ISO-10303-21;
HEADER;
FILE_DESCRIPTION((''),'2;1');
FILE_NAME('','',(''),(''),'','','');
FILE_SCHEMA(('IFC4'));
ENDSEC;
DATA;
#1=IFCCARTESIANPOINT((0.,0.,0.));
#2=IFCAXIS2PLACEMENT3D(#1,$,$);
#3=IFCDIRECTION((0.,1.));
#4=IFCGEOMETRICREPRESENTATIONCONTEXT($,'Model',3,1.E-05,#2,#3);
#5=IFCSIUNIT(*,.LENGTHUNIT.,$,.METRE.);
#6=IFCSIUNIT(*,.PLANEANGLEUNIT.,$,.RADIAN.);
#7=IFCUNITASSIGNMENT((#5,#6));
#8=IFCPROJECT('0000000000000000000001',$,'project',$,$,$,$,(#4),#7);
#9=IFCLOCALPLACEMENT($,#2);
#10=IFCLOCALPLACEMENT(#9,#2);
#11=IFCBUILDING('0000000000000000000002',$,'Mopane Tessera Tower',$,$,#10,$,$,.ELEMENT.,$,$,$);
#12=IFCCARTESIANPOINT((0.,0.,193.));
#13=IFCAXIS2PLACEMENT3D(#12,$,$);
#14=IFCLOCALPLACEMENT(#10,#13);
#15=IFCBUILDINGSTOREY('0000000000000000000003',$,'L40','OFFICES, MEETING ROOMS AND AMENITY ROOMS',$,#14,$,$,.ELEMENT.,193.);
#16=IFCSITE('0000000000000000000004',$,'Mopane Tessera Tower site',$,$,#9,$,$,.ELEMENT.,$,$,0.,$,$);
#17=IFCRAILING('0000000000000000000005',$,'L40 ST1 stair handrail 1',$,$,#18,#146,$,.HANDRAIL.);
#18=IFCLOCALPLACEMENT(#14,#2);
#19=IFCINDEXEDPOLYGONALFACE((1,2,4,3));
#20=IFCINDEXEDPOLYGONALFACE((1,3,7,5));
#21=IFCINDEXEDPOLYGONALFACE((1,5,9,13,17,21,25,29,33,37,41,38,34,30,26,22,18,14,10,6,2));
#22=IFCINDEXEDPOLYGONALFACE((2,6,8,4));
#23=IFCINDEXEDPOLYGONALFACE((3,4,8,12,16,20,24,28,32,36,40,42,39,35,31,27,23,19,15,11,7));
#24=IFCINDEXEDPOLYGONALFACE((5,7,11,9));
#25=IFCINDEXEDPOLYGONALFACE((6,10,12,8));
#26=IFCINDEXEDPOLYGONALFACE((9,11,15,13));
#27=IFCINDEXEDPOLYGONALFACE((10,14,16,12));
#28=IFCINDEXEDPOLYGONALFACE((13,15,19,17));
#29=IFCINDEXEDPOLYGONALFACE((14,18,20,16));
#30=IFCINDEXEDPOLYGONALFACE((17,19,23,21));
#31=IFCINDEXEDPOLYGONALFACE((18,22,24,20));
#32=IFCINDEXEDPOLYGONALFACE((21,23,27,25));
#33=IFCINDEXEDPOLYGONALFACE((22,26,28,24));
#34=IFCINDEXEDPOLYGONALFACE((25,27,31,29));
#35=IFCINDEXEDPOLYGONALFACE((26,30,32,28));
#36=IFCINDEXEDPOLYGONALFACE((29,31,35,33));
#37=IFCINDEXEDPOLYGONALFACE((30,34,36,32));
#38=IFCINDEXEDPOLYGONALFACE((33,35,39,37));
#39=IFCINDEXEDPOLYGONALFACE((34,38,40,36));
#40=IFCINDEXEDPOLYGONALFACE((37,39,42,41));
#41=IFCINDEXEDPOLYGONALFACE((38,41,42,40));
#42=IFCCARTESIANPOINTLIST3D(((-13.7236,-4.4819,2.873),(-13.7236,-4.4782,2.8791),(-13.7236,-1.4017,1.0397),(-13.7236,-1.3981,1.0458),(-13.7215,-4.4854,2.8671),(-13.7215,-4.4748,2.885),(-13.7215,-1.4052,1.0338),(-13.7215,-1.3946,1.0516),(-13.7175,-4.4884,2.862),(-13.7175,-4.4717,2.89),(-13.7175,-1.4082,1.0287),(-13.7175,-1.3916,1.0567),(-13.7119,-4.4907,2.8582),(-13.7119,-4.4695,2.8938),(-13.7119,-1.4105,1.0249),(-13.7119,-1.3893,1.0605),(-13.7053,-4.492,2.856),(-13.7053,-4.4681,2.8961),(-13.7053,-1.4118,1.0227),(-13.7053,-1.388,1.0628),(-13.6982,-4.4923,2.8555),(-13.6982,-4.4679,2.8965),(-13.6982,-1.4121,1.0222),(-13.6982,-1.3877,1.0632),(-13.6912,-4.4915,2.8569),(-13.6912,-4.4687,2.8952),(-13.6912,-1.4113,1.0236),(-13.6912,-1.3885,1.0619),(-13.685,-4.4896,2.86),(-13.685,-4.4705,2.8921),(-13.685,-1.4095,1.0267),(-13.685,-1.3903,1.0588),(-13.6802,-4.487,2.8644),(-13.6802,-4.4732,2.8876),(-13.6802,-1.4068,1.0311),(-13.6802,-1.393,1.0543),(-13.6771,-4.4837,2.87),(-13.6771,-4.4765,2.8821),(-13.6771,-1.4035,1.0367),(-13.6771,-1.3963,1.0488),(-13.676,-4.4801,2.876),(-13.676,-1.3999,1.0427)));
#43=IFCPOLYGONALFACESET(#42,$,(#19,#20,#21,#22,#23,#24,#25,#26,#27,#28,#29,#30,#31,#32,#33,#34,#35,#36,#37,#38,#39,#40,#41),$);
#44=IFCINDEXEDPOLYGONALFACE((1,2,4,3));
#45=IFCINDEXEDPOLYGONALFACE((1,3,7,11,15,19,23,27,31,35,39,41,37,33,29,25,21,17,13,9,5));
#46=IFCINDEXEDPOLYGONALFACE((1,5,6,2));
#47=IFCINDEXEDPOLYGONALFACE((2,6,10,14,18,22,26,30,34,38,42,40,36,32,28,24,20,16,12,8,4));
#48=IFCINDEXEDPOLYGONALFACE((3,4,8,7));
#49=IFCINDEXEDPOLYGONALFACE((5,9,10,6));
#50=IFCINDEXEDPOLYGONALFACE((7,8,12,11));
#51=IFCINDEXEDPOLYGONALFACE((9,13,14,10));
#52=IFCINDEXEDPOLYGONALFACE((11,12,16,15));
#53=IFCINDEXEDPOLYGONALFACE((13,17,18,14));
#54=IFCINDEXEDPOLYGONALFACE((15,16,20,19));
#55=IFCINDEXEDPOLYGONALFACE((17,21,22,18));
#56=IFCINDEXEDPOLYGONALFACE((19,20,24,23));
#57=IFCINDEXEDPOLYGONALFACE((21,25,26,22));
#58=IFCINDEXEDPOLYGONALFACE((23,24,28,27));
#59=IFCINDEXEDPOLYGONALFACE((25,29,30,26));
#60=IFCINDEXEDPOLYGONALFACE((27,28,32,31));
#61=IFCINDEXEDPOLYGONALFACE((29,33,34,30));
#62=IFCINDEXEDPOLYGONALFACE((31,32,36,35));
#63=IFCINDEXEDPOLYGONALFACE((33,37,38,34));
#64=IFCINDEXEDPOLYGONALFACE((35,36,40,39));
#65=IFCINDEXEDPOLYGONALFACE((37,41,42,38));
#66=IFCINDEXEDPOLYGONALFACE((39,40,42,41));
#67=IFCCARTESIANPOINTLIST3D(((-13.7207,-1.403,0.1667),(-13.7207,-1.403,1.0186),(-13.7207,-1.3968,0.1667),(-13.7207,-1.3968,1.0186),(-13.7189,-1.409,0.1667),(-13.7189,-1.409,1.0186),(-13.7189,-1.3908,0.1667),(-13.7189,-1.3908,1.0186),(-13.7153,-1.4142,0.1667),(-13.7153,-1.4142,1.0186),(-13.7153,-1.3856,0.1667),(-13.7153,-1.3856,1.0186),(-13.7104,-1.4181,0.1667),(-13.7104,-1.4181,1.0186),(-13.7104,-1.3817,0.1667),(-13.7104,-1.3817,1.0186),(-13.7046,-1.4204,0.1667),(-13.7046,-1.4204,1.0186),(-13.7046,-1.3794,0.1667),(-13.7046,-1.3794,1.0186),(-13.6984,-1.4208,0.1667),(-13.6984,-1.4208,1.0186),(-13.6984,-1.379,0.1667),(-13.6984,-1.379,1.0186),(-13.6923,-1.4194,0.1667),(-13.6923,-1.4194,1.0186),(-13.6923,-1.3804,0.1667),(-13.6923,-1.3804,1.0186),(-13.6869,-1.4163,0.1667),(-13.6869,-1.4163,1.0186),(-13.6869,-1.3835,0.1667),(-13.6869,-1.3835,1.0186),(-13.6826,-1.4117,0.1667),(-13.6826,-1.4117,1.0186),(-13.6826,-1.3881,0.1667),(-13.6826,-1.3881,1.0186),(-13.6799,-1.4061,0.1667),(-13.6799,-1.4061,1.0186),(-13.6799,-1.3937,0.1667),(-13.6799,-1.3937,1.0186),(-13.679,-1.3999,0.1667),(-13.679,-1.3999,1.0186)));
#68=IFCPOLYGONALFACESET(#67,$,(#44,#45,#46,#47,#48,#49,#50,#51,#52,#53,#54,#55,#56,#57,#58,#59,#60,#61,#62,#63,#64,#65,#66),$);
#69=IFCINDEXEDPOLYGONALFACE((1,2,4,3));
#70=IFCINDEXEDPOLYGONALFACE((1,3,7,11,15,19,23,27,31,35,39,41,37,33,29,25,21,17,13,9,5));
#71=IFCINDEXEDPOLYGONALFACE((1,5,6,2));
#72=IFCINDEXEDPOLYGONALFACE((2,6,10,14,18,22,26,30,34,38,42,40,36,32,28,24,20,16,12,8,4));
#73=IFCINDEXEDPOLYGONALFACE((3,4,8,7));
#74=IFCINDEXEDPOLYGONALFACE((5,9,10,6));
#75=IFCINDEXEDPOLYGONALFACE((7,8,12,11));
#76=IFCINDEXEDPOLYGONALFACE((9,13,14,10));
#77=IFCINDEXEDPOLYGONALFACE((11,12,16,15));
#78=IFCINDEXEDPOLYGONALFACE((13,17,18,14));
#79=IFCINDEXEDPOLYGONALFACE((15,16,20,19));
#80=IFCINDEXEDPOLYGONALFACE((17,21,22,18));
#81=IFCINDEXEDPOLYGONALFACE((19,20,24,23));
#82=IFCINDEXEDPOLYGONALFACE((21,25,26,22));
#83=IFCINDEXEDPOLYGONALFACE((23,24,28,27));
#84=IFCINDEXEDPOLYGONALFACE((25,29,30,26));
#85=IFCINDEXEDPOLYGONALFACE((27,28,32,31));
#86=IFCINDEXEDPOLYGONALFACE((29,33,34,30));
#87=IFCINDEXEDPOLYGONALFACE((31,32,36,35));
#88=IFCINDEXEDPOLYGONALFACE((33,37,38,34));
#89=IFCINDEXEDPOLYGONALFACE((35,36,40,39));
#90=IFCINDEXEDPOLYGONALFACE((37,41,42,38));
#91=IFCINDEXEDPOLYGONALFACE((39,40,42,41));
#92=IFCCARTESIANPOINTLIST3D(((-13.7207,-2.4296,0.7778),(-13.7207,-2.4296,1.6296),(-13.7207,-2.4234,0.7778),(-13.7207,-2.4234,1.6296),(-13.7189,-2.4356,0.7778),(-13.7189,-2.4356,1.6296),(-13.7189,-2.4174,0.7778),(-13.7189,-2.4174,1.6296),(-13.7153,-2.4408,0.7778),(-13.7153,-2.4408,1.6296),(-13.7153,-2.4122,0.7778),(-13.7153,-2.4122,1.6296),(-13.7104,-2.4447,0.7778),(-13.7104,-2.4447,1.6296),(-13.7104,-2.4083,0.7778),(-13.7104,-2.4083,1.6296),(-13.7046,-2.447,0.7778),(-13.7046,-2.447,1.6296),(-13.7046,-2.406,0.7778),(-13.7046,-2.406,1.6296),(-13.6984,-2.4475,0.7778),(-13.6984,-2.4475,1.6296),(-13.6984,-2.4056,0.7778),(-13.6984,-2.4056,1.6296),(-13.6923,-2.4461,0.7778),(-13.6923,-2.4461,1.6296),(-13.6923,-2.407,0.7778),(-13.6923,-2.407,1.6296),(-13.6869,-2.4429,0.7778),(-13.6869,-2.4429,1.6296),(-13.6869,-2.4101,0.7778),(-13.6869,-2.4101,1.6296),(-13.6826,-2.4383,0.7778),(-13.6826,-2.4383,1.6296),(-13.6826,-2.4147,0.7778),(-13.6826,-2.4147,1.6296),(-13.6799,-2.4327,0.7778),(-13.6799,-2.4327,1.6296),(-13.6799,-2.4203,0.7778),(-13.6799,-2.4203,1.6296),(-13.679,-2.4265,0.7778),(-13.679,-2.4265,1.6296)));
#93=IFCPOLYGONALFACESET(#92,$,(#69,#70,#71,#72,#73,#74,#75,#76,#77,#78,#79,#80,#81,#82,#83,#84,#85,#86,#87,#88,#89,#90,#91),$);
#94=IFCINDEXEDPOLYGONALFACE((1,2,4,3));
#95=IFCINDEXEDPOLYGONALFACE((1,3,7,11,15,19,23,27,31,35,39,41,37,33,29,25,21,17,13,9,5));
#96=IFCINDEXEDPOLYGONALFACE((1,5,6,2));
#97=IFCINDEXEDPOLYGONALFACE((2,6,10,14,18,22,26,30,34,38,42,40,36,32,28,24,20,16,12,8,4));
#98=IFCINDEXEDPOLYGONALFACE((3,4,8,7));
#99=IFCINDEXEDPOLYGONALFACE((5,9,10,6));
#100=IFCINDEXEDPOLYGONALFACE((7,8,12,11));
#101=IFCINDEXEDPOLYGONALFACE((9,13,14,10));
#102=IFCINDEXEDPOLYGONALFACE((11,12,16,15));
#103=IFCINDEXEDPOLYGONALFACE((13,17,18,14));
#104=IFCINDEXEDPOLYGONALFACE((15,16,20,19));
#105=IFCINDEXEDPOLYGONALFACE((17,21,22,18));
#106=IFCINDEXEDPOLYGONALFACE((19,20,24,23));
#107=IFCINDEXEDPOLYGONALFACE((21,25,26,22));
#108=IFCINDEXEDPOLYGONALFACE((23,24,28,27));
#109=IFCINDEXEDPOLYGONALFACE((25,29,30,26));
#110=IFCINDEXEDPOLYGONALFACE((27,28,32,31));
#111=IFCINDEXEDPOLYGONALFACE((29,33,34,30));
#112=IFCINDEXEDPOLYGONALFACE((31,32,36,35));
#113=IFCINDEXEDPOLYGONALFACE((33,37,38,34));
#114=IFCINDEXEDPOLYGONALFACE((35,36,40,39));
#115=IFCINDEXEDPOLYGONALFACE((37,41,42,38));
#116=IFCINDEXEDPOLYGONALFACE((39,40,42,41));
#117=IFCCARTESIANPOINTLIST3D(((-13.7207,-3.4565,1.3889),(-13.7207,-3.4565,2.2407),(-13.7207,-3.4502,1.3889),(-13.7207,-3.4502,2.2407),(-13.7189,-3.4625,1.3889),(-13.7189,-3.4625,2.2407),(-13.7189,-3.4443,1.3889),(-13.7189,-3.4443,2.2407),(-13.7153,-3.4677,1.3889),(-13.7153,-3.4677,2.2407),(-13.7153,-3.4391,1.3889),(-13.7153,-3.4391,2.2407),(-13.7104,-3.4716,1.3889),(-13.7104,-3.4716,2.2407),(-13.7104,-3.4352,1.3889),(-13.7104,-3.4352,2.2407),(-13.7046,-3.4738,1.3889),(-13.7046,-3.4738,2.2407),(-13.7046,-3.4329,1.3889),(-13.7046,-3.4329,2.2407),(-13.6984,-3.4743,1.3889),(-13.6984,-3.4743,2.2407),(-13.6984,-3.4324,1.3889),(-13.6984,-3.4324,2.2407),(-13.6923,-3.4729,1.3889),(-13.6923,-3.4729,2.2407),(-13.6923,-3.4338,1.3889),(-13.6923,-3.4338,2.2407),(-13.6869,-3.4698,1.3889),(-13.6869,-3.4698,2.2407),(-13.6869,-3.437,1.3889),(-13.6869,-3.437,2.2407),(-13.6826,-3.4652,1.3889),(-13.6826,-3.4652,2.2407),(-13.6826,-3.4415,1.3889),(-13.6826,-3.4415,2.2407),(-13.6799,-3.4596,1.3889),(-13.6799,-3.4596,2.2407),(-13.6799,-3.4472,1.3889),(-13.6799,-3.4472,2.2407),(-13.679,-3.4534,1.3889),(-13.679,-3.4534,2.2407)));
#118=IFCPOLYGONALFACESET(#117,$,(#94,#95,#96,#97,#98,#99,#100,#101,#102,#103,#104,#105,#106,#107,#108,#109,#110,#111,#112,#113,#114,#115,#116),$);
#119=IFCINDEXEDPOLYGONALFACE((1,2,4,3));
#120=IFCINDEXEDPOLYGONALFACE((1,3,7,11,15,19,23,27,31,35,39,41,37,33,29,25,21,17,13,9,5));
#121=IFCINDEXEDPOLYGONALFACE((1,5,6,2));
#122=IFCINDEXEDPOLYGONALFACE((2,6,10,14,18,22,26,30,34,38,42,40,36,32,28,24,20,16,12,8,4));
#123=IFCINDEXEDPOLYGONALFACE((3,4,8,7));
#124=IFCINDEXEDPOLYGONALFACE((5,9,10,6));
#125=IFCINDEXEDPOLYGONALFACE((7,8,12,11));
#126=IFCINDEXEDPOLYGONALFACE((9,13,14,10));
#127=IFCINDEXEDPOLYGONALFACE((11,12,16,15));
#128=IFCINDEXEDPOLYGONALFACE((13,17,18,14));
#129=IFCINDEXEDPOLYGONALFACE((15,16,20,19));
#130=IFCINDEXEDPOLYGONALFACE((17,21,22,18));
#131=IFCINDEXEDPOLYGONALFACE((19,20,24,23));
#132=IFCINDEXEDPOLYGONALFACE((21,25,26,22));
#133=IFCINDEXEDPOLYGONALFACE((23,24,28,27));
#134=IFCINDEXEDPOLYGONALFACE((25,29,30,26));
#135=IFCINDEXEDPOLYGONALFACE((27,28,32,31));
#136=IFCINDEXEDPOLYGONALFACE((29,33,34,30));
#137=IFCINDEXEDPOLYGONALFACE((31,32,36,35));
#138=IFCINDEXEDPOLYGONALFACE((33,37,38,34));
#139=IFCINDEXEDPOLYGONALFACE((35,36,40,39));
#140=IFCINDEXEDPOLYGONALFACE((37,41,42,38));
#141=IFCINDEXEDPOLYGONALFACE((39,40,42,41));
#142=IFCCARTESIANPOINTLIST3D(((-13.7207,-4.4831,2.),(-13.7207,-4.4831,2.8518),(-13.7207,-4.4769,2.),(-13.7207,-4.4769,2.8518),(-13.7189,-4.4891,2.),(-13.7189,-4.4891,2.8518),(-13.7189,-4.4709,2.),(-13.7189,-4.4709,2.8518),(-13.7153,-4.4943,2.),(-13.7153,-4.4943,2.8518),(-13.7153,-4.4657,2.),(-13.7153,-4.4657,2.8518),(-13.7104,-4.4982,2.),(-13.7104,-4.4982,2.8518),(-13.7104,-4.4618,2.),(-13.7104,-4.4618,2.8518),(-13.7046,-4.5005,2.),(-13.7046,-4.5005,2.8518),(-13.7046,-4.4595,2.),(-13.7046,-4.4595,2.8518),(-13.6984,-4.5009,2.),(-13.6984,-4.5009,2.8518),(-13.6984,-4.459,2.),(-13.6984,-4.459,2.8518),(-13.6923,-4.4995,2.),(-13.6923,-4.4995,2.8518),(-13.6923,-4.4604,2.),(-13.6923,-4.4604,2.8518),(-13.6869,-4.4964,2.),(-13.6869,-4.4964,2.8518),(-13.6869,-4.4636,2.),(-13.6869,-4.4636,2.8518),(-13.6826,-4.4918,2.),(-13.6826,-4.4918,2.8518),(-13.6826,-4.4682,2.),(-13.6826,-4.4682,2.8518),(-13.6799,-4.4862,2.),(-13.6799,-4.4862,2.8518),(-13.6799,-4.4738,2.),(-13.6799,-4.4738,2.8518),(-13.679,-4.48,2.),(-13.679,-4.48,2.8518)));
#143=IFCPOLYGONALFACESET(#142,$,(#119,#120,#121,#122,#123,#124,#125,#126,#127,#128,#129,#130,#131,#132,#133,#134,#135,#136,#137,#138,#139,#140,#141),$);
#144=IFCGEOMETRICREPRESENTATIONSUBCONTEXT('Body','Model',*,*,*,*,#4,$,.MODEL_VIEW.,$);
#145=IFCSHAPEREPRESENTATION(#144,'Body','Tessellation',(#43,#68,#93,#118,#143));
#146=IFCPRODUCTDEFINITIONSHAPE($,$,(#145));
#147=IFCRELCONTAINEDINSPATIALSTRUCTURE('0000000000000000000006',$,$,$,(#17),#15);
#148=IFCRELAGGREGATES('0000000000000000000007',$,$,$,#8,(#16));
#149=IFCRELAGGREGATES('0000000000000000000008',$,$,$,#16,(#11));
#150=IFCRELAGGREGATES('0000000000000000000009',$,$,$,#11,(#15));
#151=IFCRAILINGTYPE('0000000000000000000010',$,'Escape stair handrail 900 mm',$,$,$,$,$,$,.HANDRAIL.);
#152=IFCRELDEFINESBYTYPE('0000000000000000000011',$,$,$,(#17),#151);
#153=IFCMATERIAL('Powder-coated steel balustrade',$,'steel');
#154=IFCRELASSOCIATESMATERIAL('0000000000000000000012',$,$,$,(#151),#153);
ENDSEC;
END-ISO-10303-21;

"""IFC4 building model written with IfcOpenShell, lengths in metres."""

from ifc_helpers import new_model, si_unit, direction, frame, origin, origin_2d, place, context, subcontext, project, spatial, circle, extrude, material, type_object, element, save


model = new_model("IFC4")

# Units and contexts
model_context = context("Model", 3, precision=1e-05, world=origin(), true_north=direction((0.0, 1.0)))
body_context = subcontext(model_context, "Body", "Model", "MODEL_VIEW")
ifc_project = project(units=[si_unit("LENGTHUNIT", "METRE"), si_unit("PLANEANGLEUNIT", "RADIAN")], contexts=[model_context])

# Site, building, storey
site_placement = place(None, origin())
site = spatial("IfcSite", under=ifc_project, at=site_placement, Name="Mopane Tessera Tower site", CompositionType="ELEMENT", RefElevation=0.0)
building_placement = place(site_placement, origin())
building = spatial("IfcBuilding", under=site, at=building_placement, Name="Mopane Tessera Tower", CompositionType="ELEMENT")
storey_placement = place(building_placement, frame((0.0, 0.0, 193.0)))
storey = spatial("IfcBuildingStorey", under=building, at=storey_placement, Name="L40", Description="OFFICES, MEETING ROOMS AND AMENITY ROOMS", CompositionType="ELEMENT", Elevation=193.0)

# Railing
ifc_material_1 = material(Name="Powder-coated steel balustrade", Category="steel")
railing_type_1 = type_object("IfcRailingType", Name="Escape stair handrail 900 mm", PredefinedType="HANDRAIL", material=ifc_material_1)
railing_1_placement = place(storey_placement, frame((-13.7, -1.3999, 0.1667)))
element("IfcRailing", 1, at=railing_1_placement, inside=storey, type_object=railing_type_1, Name="L40 ST1 stair handrail 1", PredefinedType="HANDRAIL", context=body_context, shape_type="SweptSolid", body=[
    extrude(circle(Radius=0.0239, at=origin_2d()), frame((0.0, 0.0, 0.876), z_axis=(0.0, -0.859309, 0.511458), x_axis=(1.0, 0.0, 0.0)), (0.0, 0.0, 1.0), 3.5845),
    extrude(circle(Radius=0.021, at=origin_2d()), origin(), (0.0, 0.0, 1.0), 0.8518),
    extrude(circle(Radius=0.021, at=origin_2d()), frame((0.0, -1.0266, 0.6111)), (0.0, 0.0, 1.0), 0.8518),
    extrude(circle(Radius=0.021, at=origin_2d()), frame((0.0, -2.0535, 1.2222)), (0.0, 0.0, 1.0), 0.8518),
    extrude(circle(Radius=0.021, at=origin_2d()), frame((0.0, -3.0801, 1.8333)), (0.0, 0.0, 1.0), 0.8518),
])

save(model, "model.ifc")
